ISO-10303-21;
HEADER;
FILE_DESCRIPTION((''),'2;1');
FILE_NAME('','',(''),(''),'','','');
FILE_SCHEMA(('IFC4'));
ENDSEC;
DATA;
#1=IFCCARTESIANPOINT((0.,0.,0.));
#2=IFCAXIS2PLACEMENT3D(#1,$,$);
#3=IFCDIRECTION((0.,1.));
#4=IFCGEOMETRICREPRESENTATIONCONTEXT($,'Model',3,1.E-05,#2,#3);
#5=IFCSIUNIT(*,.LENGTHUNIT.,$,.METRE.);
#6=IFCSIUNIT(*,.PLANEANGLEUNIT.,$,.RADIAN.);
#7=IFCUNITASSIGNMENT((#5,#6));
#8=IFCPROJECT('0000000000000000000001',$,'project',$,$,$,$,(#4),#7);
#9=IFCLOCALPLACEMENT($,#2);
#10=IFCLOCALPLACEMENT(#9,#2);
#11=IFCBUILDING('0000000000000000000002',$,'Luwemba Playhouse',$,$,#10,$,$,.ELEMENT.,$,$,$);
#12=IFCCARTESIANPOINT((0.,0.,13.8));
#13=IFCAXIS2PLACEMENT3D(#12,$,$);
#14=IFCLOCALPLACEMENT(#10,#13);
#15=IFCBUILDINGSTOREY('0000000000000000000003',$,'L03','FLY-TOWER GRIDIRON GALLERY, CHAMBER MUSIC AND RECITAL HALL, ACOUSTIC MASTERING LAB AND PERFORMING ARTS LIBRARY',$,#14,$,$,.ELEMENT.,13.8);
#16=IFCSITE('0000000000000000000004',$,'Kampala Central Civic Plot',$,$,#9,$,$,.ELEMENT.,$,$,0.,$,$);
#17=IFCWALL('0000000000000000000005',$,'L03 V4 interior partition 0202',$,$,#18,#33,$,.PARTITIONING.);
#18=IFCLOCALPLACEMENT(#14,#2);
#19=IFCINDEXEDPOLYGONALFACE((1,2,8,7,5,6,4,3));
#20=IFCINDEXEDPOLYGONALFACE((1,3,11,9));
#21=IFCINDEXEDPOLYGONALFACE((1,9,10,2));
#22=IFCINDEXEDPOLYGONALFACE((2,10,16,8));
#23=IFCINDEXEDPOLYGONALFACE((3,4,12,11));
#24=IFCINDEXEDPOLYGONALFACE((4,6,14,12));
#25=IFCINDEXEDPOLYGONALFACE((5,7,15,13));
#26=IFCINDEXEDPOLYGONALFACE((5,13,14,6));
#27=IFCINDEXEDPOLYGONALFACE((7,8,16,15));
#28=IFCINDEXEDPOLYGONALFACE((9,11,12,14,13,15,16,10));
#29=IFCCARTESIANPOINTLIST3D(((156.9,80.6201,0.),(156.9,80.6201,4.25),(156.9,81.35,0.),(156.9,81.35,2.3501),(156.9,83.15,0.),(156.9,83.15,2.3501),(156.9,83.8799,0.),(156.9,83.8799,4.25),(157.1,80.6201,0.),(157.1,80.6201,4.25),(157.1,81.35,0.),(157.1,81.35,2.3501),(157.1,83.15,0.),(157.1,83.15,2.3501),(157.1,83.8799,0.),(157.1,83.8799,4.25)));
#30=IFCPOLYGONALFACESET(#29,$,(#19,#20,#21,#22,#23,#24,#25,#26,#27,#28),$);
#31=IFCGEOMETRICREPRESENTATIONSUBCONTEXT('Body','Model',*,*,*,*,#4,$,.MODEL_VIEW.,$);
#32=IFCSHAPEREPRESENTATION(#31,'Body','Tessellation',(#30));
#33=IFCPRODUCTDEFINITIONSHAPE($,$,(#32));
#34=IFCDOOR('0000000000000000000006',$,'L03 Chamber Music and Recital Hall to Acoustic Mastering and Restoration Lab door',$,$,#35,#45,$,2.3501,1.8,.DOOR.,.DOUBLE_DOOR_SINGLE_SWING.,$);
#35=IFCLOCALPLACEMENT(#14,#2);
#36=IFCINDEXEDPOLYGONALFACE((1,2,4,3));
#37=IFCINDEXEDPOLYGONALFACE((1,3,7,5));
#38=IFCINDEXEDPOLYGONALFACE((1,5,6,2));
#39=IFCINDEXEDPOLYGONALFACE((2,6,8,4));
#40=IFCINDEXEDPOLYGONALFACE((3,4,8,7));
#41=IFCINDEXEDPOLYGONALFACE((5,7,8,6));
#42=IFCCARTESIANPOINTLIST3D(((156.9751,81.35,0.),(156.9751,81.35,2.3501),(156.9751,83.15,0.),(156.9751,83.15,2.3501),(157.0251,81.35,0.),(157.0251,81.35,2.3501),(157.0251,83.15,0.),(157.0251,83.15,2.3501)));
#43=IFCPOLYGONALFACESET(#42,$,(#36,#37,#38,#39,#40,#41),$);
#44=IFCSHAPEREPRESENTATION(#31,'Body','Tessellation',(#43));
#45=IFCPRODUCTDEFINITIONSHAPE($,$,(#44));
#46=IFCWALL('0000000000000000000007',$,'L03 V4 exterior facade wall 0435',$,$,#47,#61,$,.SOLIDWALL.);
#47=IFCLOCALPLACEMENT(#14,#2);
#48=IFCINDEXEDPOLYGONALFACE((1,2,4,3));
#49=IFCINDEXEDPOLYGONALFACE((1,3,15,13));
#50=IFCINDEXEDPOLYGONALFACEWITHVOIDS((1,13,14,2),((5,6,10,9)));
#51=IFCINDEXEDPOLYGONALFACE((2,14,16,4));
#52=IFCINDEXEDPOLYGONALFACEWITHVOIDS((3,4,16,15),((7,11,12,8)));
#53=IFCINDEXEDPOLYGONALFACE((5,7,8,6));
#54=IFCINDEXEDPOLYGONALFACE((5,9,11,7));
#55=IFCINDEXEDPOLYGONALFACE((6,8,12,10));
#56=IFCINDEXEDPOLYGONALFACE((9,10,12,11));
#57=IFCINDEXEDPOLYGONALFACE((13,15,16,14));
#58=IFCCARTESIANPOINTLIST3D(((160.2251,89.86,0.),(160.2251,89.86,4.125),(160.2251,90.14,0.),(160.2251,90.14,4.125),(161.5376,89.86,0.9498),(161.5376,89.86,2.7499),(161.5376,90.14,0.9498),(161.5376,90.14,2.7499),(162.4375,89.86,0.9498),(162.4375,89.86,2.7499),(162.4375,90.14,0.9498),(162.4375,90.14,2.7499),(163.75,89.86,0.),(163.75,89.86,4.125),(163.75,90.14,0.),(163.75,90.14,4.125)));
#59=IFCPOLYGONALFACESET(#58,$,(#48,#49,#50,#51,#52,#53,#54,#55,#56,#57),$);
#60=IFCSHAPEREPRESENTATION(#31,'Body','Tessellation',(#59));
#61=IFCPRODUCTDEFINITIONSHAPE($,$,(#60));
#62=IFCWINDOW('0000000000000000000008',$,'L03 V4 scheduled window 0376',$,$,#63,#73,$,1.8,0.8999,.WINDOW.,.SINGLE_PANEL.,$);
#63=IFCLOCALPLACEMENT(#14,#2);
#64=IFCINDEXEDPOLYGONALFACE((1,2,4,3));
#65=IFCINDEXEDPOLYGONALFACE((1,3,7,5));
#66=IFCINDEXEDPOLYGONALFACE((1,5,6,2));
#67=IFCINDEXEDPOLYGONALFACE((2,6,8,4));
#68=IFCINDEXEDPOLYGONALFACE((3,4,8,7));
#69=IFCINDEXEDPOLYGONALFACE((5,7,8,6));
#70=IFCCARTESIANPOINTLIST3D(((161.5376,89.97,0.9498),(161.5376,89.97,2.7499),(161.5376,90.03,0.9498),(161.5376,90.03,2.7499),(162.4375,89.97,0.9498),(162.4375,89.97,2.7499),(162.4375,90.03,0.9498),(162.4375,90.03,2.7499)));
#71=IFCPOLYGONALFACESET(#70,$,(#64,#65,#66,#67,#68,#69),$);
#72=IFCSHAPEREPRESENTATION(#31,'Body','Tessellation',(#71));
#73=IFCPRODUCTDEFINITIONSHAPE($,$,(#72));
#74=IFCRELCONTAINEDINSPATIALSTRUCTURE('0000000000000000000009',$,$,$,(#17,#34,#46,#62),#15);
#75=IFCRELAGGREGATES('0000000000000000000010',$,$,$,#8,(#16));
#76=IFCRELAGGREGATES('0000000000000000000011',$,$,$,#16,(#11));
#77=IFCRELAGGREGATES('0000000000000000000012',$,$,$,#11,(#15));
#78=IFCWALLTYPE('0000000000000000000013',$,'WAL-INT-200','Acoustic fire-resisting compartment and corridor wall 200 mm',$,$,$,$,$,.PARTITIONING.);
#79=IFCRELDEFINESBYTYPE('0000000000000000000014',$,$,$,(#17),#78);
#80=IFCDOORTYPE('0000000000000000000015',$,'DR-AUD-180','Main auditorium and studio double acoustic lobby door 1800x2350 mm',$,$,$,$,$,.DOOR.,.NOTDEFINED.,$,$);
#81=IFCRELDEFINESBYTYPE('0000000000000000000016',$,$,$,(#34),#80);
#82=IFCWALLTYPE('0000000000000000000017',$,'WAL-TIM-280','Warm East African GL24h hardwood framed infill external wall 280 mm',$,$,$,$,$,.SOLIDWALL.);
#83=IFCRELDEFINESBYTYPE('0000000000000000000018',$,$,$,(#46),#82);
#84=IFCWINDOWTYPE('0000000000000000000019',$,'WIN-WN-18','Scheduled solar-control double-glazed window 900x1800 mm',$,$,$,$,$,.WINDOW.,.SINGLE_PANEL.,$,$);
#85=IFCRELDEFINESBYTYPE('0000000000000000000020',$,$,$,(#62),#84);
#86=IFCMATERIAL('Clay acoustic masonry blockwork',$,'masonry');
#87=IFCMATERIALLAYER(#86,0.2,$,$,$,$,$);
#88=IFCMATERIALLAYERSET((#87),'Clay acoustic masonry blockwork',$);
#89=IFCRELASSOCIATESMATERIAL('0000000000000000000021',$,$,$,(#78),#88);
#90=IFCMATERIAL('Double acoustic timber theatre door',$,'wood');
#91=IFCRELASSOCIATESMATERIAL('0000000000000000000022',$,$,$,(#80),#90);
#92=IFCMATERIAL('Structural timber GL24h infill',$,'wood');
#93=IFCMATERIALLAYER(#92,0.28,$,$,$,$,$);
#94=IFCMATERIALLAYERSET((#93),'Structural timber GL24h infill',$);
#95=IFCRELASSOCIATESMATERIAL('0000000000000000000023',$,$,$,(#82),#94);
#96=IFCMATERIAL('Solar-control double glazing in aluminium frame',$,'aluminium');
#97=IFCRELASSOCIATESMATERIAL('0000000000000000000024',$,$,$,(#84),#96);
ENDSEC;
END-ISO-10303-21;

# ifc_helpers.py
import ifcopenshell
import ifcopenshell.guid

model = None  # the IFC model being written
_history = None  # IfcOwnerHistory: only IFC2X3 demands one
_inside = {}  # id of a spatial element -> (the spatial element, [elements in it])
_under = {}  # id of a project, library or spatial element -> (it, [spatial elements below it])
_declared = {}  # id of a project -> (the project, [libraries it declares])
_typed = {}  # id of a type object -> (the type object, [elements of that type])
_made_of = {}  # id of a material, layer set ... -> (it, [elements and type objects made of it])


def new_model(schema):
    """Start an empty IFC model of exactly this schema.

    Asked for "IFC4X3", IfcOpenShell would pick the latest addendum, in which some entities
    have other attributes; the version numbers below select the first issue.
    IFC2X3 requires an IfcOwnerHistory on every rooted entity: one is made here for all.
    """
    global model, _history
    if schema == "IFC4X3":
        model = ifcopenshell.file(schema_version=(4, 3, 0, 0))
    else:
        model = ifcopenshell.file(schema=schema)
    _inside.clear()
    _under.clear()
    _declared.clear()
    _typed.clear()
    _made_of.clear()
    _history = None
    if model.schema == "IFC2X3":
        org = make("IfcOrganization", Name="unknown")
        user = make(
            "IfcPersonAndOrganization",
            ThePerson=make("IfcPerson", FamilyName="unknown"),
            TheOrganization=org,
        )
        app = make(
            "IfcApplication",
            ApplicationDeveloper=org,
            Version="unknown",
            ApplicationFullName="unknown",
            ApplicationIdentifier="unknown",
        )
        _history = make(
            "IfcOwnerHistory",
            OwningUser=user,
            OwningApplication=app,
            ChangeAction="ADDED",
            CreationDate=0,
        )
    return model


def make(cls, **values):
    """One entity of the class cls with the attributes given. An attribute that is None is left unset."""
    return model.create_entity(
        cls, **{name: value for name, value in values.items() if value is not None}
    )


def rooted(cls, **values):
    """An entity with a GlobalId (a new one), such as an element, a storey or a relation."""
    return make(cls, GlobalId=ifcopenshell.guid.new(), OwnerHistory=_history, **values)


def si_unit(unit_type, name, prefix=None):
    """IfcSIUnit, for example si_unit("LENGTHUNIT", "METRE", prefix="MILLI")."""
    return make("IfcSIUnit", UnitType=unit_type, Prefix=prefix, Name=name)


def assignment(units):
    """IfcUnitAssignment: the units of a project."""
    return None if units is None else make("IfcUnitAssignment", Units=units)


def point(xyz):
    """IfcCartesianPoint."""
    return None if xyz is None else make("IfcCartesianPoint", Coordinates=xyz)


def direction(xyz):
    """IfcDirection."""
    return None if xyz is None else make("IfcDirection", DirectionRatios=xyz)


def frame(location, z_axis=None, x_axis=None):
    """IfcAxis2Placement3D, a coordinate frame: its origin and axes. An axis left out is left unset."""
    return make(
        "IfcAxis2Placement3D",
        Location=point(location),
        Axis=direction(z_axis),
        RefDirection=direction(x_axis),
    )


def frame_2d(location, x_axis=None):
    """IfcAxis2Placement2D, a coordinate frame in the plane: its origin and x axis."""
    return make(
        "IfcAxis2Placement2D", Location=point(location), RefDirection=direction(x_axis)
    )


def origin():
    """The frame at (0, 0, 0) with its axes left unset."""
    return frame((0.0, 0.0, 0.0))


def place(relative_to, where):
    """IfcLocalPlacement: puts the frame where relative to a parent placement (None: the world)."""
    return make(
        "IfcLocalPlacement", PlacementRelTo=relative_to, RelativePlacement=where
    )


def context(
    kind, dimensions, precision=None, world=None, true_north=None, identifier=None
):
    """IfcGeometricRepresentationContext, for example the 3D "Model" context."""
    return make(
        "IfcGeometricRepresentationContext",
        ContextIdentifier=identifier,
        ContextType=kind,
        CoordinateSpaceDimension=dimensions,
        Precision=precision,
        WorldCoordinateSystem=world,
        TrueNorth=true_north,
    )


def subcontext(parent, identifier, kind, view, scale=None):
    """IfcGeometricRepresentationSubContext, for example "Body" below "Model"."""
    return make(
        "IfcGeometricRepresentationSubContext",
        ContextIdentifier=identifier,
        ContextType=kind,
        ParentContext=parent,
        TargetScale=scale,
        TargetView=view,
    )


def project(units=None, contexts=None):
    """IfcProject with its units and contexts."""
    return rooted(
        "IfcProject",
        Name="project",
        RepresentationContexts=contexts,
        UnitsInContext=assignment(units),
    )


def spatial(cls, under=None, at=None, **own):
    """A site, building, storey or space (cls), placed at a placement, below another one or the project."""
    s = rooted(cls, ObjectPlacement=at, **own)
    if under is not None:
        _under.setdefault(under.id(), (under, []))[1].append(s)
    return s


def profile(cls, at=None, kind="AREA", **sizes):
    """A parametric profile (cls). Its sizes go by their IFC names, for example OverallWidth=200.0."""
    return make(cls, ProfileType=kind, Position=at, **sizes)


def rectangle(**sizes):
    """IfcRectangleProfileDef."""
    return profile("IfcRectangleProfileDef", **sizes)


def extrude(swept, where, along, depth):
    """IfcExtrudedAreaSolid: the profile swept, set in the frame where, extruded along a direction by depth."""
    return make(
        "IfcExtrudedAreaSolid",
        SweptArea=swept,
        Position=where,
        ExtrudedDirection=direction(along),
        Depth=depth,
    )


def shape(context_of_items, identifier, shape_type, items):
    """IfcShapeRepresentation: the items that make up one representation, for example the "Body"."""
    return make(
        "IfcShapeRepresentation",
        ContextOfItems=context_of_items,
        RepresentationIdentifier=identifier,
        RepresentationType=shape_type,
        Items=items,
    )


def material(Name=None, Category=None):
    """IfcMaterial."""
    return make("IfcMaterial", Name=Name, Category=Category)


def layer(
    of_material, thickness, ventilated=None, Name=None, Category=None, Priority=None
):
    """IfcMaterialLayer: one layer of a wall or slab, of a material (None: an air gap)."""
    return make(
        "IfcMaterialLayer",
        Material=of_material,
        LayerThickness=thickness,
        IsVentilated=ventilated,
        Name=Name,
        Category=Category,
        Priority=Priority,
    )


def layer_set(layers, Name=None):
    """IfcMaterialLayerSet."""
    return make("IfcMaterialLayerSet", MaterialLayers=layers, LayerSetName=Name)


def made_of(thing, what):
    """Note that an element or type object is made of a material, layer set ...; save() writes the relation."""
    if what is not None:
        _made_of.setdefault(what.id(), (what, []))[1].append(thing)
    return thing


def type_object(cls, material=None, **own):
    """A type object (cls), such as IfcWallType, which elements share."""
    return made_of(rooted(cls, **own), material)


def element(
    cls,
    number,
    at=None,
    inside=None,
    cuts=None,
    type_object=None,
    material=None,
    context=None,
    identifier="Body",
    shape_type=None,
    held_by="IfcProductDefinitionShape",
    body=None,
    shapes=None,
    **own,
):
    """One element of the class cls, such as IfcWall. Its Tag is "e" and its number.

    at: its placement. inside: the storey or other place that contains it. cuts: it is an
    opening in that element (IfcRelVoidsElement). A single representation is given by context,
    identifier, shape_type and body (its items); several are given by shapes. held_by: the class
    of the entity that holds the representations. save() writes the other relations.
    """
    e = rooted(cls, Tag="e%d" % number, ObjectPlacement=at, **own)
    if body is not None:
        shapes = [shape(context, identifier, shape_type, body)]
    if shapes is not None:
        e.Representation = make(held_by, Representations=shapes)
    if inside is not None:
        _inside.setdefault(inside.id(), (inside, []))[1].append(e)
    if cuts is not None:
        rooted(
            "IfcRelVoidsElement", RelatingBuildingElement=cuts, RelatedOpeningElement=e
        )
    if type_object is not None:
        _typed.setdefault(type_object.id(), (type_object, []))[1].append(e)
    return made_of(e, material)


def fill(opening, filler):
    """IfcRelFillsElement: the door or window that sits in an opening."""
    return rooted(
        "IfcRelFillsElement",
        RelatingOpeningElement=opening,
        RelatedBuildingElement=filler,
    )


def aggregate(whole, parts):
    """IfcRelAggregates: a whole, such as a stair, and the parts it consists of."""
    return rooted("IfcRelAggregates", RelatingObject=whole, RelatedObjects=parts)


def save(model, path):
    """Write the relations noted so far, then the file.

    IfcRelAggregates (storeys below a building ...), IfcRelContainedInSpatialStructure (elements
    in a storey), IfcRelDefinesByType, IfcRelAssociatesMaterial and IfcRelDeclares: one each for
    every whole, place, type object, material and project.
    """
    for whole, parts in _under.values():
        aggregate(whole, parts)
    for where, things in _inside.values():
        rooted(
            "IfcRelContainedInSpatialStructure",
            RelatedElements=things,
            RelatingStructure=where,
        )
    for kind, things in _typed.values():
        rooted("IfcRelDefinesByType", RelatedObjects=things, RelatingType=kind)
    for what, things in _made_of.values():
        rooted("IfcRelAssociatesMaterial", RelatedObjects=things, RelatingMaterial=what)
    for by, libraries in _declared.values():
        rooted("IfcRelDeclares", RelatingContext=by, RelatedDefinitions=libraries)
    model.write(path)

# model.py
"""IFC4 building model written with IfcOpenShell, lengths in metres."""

from ifc_helpers import new_model, si_unit, direction, frame, frame_2d, origin, place, context, subcontext, project, spatial, rectangle, extrude, material, layer, layer_set, type_object, element, fill, save


model = new_model("IFC4")

# Units and contexts
model_context = context("Model", 3, precision=1e-05, world=origin(), true_north=direction((0.0, 1.0)))
body_context = subcontext(model_context, "Body", "Model", "MODEL_VIEW")
ifc_project = project(units=[si_unit("LENGTHUNIT", "METRE"), si_unit("PLANEANGLEUNIT", "RADIAN")], contexts=[model_context])

# Site, building, storey
site_placement = place(None, origin())
site = spatial("IfcSite", under=ifc_project, at=site_placement, Name="Kampala Central Civic Plot", CompositionType="ELEMENT", RefElevation=0.0)
building_placement = place(site_placement, origin())
building = spatial("IfcBuilding", under=site, at=building_placement, Name="Luwemba Playhouse", CompositionType="ELEMENT")
storey_placement = place(building_placement, frame((0.0, 0.0, 13.8)))
storey = spatial("IfcBuildingStorey", under=building, at=storey_placement, Name="L03", Description="FLY-TOWER GRIDIRON GALLERY, CHAMBER MUSIC AND RECITAL HALL, ACOUSTIC MASTERING LAB AND PERFORMING ARTS LIBRARY", CompositionType="ELEMENT", Elevation=13.8)

# Shared definitions
ifc_material_1 = material(Name="Solar-control double glazing in aluminium frame", Category="aluminium")

# Wall, opening, door
ifc_material_2 = material(Name="Clay acoustic masonry blockwork", Category="masonry")
ifc_layer_1 = layer(ifc_material_2, 0.2)
ifc_layer_set_1 = layer_set([ifc_layer_1], Name="Clay acoustic masonry blockwork")
wall_type_1 = type_object("IfcWallType", Name="WAL-INT-200", Description="Acoustic fire-resisting compartment and corridor wall 200 mm", PredefinedType="PARTITIONING", material=ifc_layer_set_1)
wall_1_placement = place(storey_placement, frame((157.0, 80.6201, 0.0), z_axis=(0.0, 0.0, 1.0), x_axis=(0.0, 1.0, 0.0)))
wall_1 = element("IfcWall", 1, at=wall_1_placement, inside=storey, type_object=wall_type_1, Name="L03 V4 interior partition 0202", PredefinedType="PARTITIONING", context=body_context, shape_type="SweptSolid", body=[
    extrude(rectangle(XDim=3.2598, YDim=0.2, at=frame_2d((1.6299, 0.0))), origin(), (0.0, 0.0, 1.0), 4.25),
])
opening_1_placement = place(wall_1_placement, frame((0.73, 0.0, 0.0)))
opening_1 = element("IfcOpeningElement", 2, at=opening_1_placement, cuts=wall_1, PredefinedType="OPENING", context=body_context, shape_type="SweptSolid", body=[
    extrude(rectangle(XDim=1.8, YDim=2.3501, at=frame_2d((0.8999, 1.175))), frame((0.0, 0.1099, 0.0), z_axis=(0.0, -1.0, 0.0), x_axis=(1.0, 0.0, 0.0)), (0.0, 0.0, 1.0), 0.22),
])
ifc_material_3 = material(Name="Double acoustic timber theatre door", Category="wood")
door_type_1 = type_object("IfcDoorType", Name="DR-AUD-180", Description="Main auditorium and studio double acoustic lobby door 1800x2350 mm", OperationType="NOTDEFINED", PredefinedType="DOOR", material=ifc_material_3)
door_1_placement = place(opening_1_placement, origin())
door_1 = element("IfcDoor", 3, at=door_1_placement, inside=storey, type_object=door_type_1, Name="L03 Chamber Music and Recital Hall to Acoustic Mastering and Restoration Lab door", OperationType="DOUBLE_DOOR_SINGLE_SWING", OverallHeight=2.3501, OverallWidth=1.8, PredefinedType="DOOR", context=body_context, shape_type="SweptSolid", body=[
    extrude(rectangle(XDim=1.8, YDim=2.3501, at=frame_2d((0.8999, 1.175))), frame((0.0, 0.0249, 0.0), z_axis=(0.0, -1.0, 0.0), x_axis=(1.0, 0.0, 0.0)), (0.0, 0.0, 1.0), 0.05),
])
fill(opening_1, door_1)

# Wall, opening, window
ifc_material_4 = material(Name="Structural timber GL24h infill", Category="wood")
ifc_layer_2 = layer(ifc_material_4, 0.28)
ifc_layer_set_2 = layer_set([ifc_layer_2], Name="Structural timber GL24h infill")
wall_type_2 = type_object("IfcWallType", Name="WAL-TIM-280", Description="Warm East African GL24h hardwood framed infill external wall 280 mm", PredefinedType="SOLIDWALL", material=ifc_layer_set_2)
wall_2_placement = place(storey_placement, frame((160.2251, 90.0, 0.0), z_axis=(0.0, 0.0, 1.0), x_axis=(1.0, 0.0, 0.0)))
wall_2 = element("IfcWall", 4, at=wall_2_placement, inside=storey, type_object=wall_type_2, Name="L03 V4 exterior facade wall 0435", PredefinedType="SOLIDWALL", context=body_context, shape_type="SweptSolid", body=[
    extrude(rectangle(XDim=3.5249, YDim=0.28, at=frame_2d((1.7625, 0.0))), origin(), (0.0, 0.0, 1.0), 4.125),
])
opening_2_placement = place(wall_2_placement, frame((1.3125, 0.0, 0.95)))
opening_2 = element("IfcOpeningElement", 5, at=opening_2_placement, cuts=wall_2, PredefinedType="OPENING", context=body_context, shape_type="SweptSolid", body=[
    extrude(rectangle(XDim=0.8999, YDim=1.8, at=frame_2d((0.45, 0.8999))), frame((0.0, 0.1499, 0.0), z_axis=(0.0, -1.0, 0.0), x_axis=(1.0, 0.0, 0.0)), (0.0, 0.0, 1.0), 0.3),
])
window_type_1 = type_object("IfcWindowType", Name="WIN-WN-18", Description="Scheduled solar-control double-glazed window 900x1800 mm", PartitioningType="SINGLE_PANEL", PredefinedType="WINDOW", material=ifc_material_1)
window_1_placement = place(opening_2_placement, origin())
window_1 = element("IfcWindow", 6, at=window_1_placement, inside=storey, type_object=window_type_1, Name="L03 V4 scheduled window 0376", OverallHeight=1.8, OverallWidth=0.8999, PartitioningType="SINGLE_PANEL", PredefinedType="WINDOW", context=body_context, shape_type="SweptSolid", body=[
    extrude(rectangle(XDim=0.8999, YDim=1.8, at=frame_2d((0.45, 0.8999))), frame((0.0, 0.03, 0.0), z_axis=(0.0, -1.0, 0.0), x_axis=(1.0, 0.0, 0.0)), (0.0, 0.0, 1.0), 0.0601),
])
fill(opening_2, window_1)

save(model, "model.ifc")
